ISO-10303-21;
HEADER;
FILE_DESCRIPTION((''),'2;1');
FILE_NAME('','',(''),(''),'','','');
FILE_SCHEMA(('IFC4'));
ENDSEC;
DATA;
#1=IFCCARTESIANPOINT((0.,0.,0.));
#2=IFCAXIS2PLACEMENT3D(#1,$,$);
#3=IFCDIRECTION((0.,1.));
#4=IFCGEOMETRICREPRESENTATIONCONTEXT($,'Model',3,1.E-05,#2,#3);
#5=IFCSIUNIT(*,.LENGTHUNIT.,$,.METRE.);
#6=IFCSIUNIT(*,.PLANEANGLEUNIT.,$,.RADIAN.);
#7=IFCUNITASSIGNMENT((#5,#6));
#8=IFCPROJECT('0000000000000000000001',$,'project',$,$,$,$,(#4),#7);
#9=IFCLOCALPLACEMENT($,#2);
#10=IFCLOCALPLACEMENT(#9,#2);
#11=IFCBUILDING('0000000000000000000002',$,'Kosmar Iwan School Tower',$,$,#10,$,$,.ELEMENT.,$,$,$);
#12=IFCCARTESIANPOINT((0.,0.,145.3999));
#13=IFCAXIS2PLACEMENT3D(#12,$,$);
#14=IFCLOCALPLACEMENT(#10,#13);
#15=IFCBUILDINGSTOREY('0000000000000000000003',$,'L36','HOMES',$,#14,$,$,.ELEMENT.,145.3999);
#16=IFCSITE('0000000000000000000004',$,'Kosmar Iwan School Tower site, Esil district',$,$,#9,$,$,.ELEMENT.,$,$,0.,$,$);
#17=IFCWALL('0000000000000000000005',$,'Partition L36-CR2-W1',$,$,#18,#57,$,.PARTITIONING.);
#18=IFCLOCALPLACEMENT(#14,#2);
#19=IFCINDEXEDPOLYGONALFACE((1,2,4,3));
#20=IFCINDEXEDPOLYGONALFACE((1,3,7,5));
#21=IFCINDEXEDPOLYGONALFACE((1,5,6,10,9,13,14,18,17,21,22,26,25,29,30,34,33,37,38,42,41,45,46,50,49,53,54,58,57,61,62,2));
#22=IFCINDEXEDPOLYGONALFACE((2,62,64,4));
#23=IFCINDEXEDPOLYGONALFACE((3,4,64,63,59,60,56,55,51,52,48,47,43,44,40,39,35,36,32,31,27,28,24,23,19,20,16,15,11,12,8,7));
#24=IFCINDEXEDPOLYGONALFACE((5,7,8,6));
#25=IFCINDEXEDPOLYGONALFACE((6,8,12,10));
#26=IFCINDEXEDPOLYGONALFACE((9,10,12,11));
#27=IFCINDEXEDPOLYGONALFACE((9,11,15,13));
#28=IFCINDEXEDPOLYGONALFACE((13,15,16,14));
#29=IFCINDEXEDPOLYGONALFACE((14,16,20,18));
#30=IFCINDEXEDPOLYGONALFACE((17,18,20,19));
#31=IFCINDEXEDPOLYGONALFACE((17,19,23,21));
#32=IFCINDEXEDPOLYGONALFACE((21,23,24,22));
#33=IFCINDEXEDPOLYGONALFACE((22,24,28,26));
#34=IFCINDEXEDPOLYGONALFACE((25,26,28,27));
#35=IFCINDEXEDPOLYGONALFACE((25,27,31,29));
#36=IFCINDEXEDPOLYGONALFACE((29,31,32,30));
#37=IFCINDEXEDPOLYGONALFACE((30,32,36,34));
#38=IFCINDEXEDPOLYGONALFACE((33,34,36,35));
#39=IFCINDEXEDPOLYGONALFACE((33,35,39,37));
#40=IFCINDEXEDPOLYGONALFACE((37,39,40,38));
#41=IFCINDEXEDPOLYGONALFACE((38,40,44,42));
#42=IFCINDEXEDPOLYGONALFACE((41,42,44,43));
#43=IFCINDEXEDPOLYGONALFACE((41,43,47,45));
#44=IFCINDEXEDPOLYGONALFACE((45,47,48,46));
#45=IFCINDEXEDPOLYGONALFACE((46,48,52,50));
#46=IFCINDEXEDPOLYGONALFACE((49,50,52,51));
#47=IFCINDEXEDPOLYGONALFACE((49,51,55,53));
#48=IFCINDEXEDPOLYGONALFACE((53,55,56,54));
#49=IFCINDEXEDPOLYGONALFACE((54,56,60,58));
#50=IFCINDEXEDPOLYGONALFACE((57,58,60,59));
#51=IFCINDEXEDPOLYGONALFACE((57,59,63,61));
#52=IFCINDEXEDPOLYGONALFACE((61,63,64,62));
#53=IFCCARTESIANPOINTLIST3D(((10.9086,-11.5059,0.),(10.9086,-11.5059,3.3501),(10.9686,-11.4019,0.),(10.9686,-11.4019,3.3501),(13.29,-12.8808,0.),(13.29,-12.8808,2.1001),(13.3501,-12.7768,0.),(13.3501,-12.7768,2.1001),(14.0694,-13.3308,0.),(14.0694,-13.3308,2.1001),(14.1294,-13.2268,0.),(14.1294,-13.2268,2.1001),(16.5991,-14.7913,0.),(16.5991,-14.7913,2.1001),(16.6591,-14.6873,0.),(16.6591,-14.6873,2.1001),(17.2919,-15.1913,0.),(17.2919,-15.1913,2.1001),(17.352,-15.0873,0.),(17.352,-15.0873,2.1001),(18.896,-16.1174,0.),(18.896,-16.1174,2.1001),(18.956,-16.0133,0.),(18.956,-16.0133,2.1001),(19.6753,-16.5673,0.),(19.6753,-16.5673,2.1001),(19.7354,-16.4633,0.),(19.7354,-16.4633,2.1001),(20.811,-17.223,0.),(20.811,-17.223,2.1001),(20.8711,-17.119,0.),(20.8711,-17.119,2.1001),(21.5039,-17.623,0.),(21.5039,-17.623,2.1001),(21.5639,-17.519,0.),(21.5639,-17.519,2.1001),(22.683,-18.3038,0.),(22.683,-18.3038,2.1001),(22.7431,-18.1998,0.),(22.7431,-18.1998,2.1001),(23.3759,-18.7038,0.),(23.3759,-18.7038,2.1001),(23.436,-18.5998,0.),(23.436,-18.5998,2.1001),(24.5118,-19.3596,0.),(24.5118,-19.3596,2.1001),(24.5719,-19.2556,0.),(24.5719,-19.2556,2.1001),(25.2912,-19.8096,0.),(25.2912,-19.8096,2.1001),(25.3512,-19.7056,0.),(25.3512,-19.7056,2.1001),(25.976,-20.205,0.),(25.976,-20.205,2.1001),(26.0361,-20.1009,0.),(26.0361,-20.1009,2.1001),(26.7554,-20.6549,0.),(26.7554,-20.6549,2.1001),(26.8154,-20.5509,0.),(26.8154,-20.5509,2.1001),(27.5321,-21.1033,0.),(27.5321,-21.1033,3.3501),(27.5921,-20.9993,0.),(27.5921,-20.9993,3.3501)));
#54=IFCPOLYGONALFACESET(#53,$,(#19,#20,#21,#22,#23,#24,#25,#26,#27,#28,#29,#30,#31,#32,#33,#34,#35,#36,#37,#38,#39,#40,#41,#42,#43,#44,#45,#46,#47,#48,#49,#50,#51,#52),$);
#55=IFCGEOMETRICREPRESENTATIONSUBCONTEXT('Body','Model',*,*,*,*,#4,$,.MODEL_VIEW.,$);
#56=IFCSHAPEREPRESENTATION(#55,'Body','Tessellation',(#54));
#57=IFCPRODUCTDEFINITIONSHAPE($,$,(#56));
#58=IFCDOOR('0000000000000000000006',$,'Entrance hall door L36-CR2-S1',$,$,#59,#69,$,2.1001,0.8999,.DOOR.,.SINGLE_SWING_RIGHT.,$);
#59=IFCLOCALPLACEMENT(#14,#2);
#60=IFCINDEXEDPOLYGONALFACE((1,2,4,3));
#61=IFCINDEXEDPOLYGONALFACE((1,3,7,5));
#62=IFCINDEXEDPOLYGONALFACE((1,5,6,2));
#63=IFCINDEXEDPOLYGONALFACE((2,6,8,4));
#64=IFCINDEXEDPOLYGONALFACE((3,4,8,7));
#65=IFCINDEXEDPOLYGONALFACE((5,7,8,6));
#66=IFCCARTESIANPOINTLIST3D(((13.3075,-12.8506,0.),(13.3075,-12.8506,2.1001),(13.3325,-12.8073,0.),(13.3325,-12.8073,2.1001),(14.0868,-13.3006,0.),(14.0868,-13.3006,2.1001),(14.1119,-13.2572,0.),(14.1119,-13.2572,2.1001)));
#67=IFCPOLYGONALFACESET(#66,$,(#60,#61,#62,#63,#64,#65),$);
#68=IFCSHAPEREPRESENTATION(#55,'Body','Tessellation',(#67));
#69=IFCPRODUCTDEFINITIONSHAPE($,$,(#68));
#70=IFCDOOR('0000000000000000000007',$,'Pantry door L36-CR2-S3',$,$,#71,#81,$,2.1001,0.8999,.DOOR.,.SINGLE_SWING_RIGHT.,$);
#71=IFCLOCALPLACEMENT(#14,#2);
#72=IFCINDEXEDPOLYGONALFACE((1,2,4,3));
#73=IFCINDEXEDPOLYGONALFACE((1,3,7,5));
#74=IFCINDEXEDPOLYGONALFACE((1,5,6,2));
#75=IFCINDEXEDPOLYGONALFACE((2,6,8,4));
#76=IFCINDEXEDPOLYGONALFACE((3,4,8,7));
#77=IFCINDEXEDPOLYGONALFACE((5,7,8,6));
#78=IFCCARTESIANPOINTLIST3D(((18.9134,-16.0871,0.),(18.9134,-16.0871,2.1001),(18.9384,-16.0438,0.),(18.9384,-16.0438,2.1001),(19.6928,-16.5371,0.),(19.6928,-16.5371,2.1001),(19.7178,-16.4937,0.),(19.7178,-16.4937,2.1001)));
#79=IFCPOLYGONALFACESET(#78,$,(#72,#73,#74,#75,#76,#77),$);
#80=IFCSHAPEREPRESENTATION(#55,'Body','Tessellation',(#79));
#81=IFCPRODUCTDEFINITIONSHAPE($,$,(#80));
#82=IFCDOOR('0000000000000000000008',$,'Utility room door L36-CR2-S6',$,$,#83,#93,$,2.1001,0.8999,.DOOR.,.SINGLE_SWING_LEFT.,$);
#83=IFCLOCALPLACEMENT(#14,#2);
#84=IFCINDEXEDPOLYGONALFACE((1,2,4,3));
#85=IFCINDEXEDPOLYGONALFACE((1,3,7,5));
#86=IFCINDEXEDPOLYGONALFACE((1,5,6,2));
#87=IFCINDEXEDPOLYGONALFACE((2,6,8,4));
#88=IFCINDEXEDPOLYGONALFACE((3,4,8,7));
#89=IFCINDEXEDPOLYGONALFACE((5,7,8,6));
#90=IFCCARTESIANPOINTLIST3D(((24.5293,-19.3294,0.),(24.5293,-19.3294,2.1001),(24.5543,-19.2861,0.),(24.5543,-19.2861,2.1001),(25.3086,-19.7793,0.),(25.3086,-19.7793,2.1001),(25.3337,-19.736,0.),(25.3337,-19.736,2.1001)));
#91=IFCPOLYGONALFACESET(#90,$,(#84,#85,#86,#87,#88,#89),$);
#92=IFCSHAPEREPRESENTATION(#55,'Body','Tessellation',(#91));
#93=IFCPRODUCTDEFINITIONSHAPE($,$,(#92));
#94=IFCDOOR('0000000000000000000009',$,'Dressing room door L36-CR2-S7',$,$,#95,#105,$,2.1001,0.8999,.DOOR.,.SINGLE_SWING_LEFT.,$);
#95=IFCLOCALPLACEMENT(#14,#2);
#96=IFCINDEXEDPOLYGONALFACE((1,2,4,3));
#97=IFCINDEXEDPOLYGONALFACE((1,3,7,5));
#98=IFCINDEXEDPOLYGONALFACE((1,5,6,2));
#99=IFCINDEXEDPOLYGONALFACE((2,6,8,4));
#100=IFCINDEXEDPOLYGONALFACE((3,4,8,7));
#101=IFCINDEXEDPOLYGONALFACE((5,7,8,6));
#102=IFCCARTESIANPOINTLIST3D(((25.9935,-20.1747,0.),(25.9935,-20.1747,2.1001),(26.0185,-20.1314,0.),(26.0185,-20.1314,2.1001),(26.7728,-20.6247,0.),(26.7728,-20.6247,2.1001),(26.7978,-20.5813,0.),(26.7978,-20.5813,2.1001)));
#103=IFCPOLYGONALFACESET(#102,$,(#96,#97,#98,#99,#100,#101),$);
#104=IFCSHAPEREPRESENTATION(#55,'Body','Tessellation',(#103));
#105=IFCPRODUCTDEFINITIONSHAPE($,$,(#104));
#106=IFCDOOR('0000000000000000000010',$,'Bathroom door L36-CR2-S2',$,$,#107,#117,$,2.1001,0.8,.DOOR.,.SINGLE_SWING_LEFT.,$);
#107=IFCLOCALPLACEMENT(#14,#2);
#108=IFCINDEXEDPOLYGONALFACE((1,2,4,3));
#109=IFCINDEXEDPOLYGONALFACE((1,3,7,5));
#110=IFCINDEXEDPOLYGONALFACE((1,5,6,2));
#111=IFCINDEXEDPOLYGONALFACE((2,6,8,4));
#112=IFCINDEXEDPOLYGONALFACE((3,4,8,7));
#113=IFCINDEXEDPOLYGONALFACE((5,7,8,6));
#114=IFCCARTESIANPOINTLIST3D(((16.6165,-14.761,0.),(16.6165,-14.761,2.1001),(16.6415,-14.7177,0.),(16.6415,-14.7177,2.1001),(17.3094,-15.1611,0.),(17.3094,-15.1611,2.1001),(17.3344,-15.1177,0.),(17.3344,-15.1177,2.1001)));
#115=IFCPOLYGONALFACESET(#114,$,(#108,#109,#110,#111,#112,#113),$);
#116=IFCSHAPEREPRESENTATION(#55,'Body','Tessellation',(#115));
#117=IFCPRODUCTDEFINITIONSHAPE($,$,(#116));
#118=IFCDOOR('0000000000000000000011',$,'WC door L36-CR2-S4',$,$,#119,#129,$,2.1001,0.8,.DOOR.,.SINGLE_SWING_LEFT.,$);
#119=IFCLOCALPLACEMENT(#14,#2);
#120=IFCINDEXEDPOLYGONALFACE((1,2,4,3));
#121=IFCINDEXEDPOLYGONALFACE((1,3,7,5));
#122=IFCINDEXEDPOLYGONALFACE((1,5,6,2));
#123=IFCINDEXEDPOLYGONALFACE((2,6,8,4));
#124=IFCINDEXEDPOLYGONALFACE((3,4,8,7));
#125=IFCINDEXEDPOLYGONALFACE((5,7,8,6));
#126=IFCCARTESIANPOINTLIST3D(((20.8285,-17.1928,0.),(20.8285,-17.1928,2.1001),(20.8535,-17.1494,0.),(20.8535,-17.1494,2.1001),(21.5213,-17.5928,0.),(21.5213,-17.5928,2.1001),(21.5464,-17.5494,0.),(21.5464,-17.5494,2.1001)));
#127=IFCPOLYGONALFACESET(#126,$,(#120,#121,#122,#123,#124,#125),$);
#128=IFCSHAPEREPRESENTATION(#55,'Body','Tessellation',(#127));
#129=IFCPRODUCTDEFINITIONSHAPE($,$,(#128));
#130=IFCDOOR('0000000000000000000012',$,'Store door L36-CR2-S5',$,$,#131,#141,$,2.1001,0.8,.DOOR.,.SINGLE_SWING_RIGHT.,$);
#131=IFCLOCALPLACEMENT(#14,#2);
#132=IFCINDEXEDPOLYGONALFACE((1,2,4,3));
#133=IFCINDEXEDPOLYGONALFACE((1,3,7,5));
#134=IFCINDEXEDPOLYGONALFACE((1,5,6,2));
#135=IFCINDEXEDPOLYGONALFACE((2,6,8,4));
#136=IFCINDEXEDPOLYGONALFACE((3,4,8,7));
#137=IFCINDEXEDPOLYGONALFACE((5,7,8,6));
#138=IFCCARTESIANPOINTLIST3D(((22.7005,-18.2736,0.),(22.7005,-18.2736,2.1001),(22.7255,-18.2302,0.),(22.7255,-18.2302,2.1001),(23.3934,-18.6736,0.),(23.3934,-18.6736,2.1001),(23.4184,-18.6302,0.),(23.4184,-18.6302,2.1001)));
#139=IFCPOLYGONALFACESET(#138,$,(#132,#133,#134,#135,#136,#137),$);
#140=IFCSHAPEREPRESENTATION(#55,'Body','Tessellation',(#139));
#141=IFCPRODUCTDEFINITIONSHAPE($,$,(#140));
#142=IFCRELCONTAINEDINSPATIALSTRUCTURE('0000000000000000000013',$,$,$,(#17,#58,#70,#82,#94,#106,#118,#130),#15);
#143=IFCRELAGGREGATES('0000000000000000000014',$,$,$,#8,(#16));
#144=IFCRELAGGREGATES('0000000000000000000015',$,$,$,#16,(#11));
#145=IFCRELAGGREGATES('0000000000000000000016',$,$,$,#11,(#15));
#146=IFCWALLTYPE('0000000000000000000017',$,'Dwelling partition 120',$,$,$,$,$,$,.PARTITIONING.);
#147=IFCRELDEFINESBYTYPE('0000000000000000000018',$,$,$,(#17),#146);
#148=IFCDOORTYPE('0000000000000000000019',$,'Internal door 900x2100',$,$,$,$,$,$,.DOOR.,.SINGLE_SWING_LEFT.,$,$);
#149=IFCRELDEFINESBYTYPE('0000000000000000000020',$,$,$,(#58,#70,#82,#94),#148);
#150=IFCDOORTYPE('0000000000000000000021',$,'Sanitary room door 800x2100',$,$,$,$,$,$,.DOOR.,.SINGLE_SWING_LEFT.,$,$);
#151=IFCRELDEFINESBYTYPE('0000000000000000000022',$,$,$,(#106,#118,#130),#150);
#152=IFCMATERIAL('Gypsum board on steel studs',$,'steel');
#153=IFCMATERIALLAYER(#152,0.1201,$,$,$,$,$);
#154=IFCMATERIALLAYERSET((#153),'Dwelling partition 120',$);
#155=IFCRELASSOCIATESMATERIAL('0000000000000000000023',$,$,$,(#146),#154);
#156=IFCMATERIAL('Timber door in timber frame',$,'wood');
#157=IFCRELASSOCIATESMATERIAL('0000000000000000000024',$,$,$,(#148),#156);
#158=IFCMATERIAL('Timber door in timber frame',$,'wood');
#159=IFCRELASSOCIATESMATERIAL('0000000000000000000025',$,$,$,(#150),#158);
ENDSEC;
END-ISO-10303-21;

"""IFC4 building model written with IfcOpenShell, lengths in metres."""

from ifc_helpers import new_model, si_unit, direction, frame, frame_2d, origin, place, context, subcontext, project, spatial, rectangle, extrude, material, layer, layer_set, type_object, element, fill, save


model = new_model("IFC4")

# Units and contexts
model_context = context("Model", 3, precision=1e-05, world=origin(), true_north=direction((0.0, 1.0)))
body_context = subcontext(model_context, "Body", "Model", "MODEL_VIEW")
ifc_project = project(units=[si_unit("LENGTHUNIT", "METRE"), si_unit("PLANEANGLEUNIT", "RADIAN")], contexts=[model_context])

# Site, building, storey
site_placement = place(None, origin())
site = spatial("IfcSite", under=ifc_project, at=site_placement, Name="Kosmar Iwan School Tower site, Esil district", CompositionType="ELEMENT", RefElevation=0.0)
building_placement = place(site_placement, origin())
building = spatial("IfcBuilding", under=site, at=building_placement, Name="Kosmar Iwan School Tower", CompositionType="ELEMENT")
storey_placement = place(building_placement, frame((0.0, 0.0, 145.3999)))
storey = spatial("IfcBuildingStorey", under=building, at=storey_placement, Name="L36", Description="HOMES", CompositionType="ELEMENT", Elevation=145.3999)

# Shared definitions
ifc_material_1 = material(Name="Gypsum board on steel studs", Category="steel")
ifc_layer_1 = layer(ifc_material_1, 0.1201)
ifc_layer_set_1 = layer_set([ifc_layer_1], Name="Dwelling partition 120")
wall_type_1 = type_object("IfcWallType", Name="Dwelling partition 120", PredefinedType="PARTITIONING", material=ifc_layer_set_1)

# Wall, openings, doors
wall_1_placement = place(storey_placement, frame((10.9385, -11.4539, 0.0), z_axis=(0.0, 0.0, 1.0), x_axis=(0.86603, -0.499993, 0.0)))
wall_1 = element("IfcWall", 1, at=wall_1_placement, inside=storey, type_object=wall_type_1, Name="Partition L36-CR2-W1", PredefinedType="PARTITIONING", context=body_context, shape_type="SweptSolid", body=[
    extrude(rectangle(XDim=19.1951, YDim=0.1201, at=frame_2d((9.5977, 0.0))), origin(), (0.0, 0.0, 1.0), 3.3501),
])
opening_1_placement = place(wall_1_placement, frame((2.75, 0.0, 0.0)))
opening_1 = element("IfcOpeningElement", 2, at=opening_1_placement, cuts=wall_1, PredefinedType="OPENING", context=body_context, shape_type="SweptSolid", body=[
    extrude(rectangle(XDim=0.8999, YDim=2.1001, at=frame_2d((0.45, 1.05))), frame((0.0, 0.072, 0.0), z_axis=(0.0, -1.0, 0.0), x_axis=(1.0, 0.0, 0.0)), (0.0, 0.0, 1.0), 0.144),
])
opening_2_placement = place(wall_1_placement, frame((6.571, 0.0, 0.0)))
opening_2 = element("IfcOpeningElement", 3, at=opening_2_placement, cuts=wall_1, PredefinedType="OPENING", context=body_context, shape_type="SweptSolid", body=[
    extrude(rectangle(XDim=0.8, YDim=2.1001, at=frame_2d((0.3999, 1.05))), frame((0.0, 0.072, 0.0), z_axis=(0.0, -1.0, 0.0), x_axis=(1.0, 0.0, 0.0)), (0.0, 0.0, 1.0), 0.144),
])
opening_3_placement = place(wall_1_placement, frame((9.2231, 0.0, 0.0)))
opening_3 = element("IfcOpeningElement", 4, at=opening_3_placement, cuts=wall_1, PredefinedType="OPENING", context=body_context, shape_type="SweptSolid", body=[
    extrude(rectangle(XDim=0.8999, YDim=2.1001, at=frame_2d((0.45, 1.05))), frame((0.0, 0.072, 0.0), z_axis=(0.0, -1.0, 0.0), x_axis=(1.0, 0.0, 0.0)), (0.0, 0.0, 1.0), 0.144),
])
opening_4_placement = place(wall_1_placement, frame((11.4346, 0.0, 0.0)))
opening_4 = element("IfcOpeningElement", 5, at=opening_4_placement, cuts=wall_1, PredefinedType="OPENING", context=body_context, shape_type="SweptSolid", body=[
    extrude(rectangle(XDim=0.8, YDim=2.1001, at=frame_2d((0.3999, 1.05))), frame((0.0, 0.072, 0.0), z_axis=(0.0, -1.0, 0.0), x_axis=(1.0, 0.0, 0.0)), (0.0, 0.0, 1.0), 0.144),
])
opening_5_placement = place(wall_1_placement, frame((13.5962, 0.0, 0.0)))
opening_5 = element("IfcOpeningElement", 6, at=opening_5_placement, cuts=wall_1, PredefinedType="OPENING", context=body_context, shape_type="SweptSolid", body=[
    extrude(rectangle(XDim=0.8, YDim=2.1001, at=frame_2d((0.3999, 1.05))), frame((0.0, 0.072, 0.0), z_axis=(0.0, -1.0, 0.0), x_axis=(1.0, 0.0, 0.0)), (0.0, 0.0, 1.0), 0.144),
])
opening_6_placement = place(wall_1_placement, frame((15.7078, 0.0, 0.0)))
opening_6 = element("IfcOpeningElement", 7, at=opening_6_placement, cuts=wall_1, PredefinedType="OPENING", context=body_context, shape_type="SweptSolid", body=[
    extrude(rectangle(XDim=0.8999, YDim=2.1001, at=frame_2d((0.45, 1.05))), frame((0.0, 0.072, 0.0), z_axis=(0.0, -1.0, 0.0), x_axis=(1.0, 0.0, 0.0)), (0.0, 0.0, 1.0), 0.144),
])
opening_7_placement = place(wall_1_placement, frame((17.3984, 0.0, 0.0)))
opening_7 = element("IfcOpeningElement", 8, at=opening_7_placement, cuts=wall_1, PredefinedType="OPENING", context=body_context, shape_type="SweptSolid", body=[
    extrude(rectangle(XDim=0.8999, YDim=2.1001, at=frame_2d((0.45, 1.05))), frame((0.0, 0.072, 0.0), z_axis=(0.0, -1.0, 0.0), x_axis=(1.0, 0.0, 0.0)), (0.0, 0.0, 1.0), 0.144),
])
ifc_material_2 = material(Name="Timber door in timber frame", Category="wood")
door_type_1 = type_object("IfcDoorType", Name="Internal door 900x2100", OperationType="SINGLE_SWING_LEFT", PredefinedType="DOOR", material=ifc_material_2)
door_1_placement = place(opening_1_placement, origin())
door_1 = element("IfcDoor", 9, at=door_1_placement, inside=storey, type_object=door_type_1, Name="Entrance hall door L36-CR2-S1", OperationType="SINGLE_SWING_RIGHT", OverallHeight=2.1001, OverallWidth=0.8999, PredefinedType="DOOR", context=body_context, shape_type="SweptSolid", body=[
    extrude(rectangle(XDim=0.8999, YDim=2.1001, at=frame_2d((0.45, 1.05))), frame((0.0, 0.0249, 0.0), z_axis=(0.0, -1.0, 0.0), x_axis=(1.0, 0.0, 0.0)), (0.0, 0.0, 1.0), 0.05),
])
fill(opening_1, door_1)
door_2_placement = place(opening_3_placement, origin())
door_2 = element("IfcDoor", 10, at=door_2_placement, inside=storey, type_object=door_type_1, Name="Pantry door L36-CR2-S3", OperationType="SINGLE_SWING_RIGHT", OverallHeight=2.1001, OverallWidth=0.8999, PredefinedType="DOOR", context=body_context, shape_type="SweptSolid", body=[
    extrude(rectangle(XDim=0.8999, YDim=2.1001, at=frame_2d((0.45, 1.05))), frame((0.0, 0.0249, 0.0), z_axis=(0.0, -1.0, 0.0), x_axis=(1.0, 0.0, 0.0)), (0.0, 0.0, 1.0), 0.05),
])
fill(opening_3, door_2)
door_3_placement = place(opening_6_placement, origin())
door_3 = element("IfcDoor", 11, at=door_3_placement, inside=storey, type_object=door_type_1, Name="Utility room door L36-CR2-S6", OperationType="SINGLE_SWING_LEFT", OverallHeight=2.1001, OverallWidth=0.8999, PredefinedType="DOOR", context=body_context, shape_type="SweptSolid", body=[
    extrude(rectangle(XDim=0.8999, YDim=2.1001, at=frame_2d((0.45, 1.05))), frame((0.0, 0.0249, 0.0), z_axis=(0.0, -1.0, 0.0), x_axis=(1.0, 0.0, 0.0)), (0.0, 0.0, 1.0), 0.05),
])
fill(opening_6, door_3)
door_4_placement = place(opening_7_placement, origin())
door_4 = element("IfcDoor", 12, at=door_4_placement, inside=storey, type_object=door_type_1, Name="Dressing room door L36-CR2-S7", OperationType="SINGLE_SWING_LEFT", OverallHeight=2.1001, OverallWidth=0.8999, PredefinedType="DOOR", context=body_context, shape_type="SweptSolid", body=[
    extrude(rectangle(XDim=0.8999, YDim=2.1001, at=frame_2d((0.45, 1.05))), frame((0.0, 0.0249, 0.0), z_axis=(0.0, -1.0, 0.0), x_axis=(1.0, 0.0, 0.0)), (0.0, 0.0, 1.0), 0.05),
])
fill(opening_7, door_4)
ifc_material_3 = material(Name="Timber door in timber frame", Category="wood")
door_type_2 = type_object("IfcDoorType", Name="Sanitary room door 800x2100", OperationType="SINGLE_SWING_LEFT", PredefinedType="DOOR", material=ifc_material_3)
door_5_placement = place(opening_2_placement, origin())
door_5 = element("IfcDoor", 13, at=door_5_placement, inside=storey, type_object=door_type_2, Name="Bathroom door L36-CR2-S2", OperationType="SINGLE_SWING_LEFT", OverallHeight=2.1001, OverallWidth=0.8, PredefinedType="DOOR", context=body_context, shape_type="SweptSolid", body=[
    extrude(rectangle(XDim=0.8, YDim=2.1001, at=frame_2d((0.3999, 1.05))), frame((0.0, 0.0249, 0.0), z_axis=(0.0, -1.0, 0.0), x_axis=(1.0, 0.0, 0.0)), (0.0, 0.0, 1.0), 0.05),
])
fill(opening_2, door_5)
door_6_placement = place(opening_4_placement, origin())
door_6 = element("IfcDoor", 14, at=door_6_placement, inside=storey, type_object=door_type_2, Name="WC door L36-CR2-S4", OperationType="SINGLE_SWING_LEFT", OverallHeight=2.1001, OverallWidth=0.8, PredefinedType="DOOR", context=body_context, shape_type="SweptSolid", body=[
    extrude(rectangle(XDim=0.8, YDim=2.1001, at=frame_2d((0.3999, 1.05))), frame((0.0, 0.0249, 0.0), z_axis=(0.0, -1.0, 0.0), x_axis=(1.0, 0.0, 0.0)), (0.0, 0.0, 1.0), 0.05),
])
fill(opening_4, door_6)
door_7_placement = place(opening_5_placement, origin())
door_7 = element("IfcDoor", 15, at=door_7_placement, inside=storey, type_object=door_type_2, Name="Store door L36-CR2-S5", OperationType="SINGLE_SWING_RIGHT", OverallHeight=2.1001, OverallWidth=0.8, PredefinedType="DOOR", context=body_context, shape_type="SweptSolid", body=[
    extrude(rectangle(XDim=0.8, YDim=2.1001, at=frame_2d((0.3999, 1.05))), frame((0.0, 0.0249, 0.0), z_axis=(0.0, -1.0, 0.0), x_axis=(1.0, 0.0, 0.0)), (0.0, 0.0, 1.0), 0.05),
])
fill(opening_5, door_7)

save(model, "model.ifc")
